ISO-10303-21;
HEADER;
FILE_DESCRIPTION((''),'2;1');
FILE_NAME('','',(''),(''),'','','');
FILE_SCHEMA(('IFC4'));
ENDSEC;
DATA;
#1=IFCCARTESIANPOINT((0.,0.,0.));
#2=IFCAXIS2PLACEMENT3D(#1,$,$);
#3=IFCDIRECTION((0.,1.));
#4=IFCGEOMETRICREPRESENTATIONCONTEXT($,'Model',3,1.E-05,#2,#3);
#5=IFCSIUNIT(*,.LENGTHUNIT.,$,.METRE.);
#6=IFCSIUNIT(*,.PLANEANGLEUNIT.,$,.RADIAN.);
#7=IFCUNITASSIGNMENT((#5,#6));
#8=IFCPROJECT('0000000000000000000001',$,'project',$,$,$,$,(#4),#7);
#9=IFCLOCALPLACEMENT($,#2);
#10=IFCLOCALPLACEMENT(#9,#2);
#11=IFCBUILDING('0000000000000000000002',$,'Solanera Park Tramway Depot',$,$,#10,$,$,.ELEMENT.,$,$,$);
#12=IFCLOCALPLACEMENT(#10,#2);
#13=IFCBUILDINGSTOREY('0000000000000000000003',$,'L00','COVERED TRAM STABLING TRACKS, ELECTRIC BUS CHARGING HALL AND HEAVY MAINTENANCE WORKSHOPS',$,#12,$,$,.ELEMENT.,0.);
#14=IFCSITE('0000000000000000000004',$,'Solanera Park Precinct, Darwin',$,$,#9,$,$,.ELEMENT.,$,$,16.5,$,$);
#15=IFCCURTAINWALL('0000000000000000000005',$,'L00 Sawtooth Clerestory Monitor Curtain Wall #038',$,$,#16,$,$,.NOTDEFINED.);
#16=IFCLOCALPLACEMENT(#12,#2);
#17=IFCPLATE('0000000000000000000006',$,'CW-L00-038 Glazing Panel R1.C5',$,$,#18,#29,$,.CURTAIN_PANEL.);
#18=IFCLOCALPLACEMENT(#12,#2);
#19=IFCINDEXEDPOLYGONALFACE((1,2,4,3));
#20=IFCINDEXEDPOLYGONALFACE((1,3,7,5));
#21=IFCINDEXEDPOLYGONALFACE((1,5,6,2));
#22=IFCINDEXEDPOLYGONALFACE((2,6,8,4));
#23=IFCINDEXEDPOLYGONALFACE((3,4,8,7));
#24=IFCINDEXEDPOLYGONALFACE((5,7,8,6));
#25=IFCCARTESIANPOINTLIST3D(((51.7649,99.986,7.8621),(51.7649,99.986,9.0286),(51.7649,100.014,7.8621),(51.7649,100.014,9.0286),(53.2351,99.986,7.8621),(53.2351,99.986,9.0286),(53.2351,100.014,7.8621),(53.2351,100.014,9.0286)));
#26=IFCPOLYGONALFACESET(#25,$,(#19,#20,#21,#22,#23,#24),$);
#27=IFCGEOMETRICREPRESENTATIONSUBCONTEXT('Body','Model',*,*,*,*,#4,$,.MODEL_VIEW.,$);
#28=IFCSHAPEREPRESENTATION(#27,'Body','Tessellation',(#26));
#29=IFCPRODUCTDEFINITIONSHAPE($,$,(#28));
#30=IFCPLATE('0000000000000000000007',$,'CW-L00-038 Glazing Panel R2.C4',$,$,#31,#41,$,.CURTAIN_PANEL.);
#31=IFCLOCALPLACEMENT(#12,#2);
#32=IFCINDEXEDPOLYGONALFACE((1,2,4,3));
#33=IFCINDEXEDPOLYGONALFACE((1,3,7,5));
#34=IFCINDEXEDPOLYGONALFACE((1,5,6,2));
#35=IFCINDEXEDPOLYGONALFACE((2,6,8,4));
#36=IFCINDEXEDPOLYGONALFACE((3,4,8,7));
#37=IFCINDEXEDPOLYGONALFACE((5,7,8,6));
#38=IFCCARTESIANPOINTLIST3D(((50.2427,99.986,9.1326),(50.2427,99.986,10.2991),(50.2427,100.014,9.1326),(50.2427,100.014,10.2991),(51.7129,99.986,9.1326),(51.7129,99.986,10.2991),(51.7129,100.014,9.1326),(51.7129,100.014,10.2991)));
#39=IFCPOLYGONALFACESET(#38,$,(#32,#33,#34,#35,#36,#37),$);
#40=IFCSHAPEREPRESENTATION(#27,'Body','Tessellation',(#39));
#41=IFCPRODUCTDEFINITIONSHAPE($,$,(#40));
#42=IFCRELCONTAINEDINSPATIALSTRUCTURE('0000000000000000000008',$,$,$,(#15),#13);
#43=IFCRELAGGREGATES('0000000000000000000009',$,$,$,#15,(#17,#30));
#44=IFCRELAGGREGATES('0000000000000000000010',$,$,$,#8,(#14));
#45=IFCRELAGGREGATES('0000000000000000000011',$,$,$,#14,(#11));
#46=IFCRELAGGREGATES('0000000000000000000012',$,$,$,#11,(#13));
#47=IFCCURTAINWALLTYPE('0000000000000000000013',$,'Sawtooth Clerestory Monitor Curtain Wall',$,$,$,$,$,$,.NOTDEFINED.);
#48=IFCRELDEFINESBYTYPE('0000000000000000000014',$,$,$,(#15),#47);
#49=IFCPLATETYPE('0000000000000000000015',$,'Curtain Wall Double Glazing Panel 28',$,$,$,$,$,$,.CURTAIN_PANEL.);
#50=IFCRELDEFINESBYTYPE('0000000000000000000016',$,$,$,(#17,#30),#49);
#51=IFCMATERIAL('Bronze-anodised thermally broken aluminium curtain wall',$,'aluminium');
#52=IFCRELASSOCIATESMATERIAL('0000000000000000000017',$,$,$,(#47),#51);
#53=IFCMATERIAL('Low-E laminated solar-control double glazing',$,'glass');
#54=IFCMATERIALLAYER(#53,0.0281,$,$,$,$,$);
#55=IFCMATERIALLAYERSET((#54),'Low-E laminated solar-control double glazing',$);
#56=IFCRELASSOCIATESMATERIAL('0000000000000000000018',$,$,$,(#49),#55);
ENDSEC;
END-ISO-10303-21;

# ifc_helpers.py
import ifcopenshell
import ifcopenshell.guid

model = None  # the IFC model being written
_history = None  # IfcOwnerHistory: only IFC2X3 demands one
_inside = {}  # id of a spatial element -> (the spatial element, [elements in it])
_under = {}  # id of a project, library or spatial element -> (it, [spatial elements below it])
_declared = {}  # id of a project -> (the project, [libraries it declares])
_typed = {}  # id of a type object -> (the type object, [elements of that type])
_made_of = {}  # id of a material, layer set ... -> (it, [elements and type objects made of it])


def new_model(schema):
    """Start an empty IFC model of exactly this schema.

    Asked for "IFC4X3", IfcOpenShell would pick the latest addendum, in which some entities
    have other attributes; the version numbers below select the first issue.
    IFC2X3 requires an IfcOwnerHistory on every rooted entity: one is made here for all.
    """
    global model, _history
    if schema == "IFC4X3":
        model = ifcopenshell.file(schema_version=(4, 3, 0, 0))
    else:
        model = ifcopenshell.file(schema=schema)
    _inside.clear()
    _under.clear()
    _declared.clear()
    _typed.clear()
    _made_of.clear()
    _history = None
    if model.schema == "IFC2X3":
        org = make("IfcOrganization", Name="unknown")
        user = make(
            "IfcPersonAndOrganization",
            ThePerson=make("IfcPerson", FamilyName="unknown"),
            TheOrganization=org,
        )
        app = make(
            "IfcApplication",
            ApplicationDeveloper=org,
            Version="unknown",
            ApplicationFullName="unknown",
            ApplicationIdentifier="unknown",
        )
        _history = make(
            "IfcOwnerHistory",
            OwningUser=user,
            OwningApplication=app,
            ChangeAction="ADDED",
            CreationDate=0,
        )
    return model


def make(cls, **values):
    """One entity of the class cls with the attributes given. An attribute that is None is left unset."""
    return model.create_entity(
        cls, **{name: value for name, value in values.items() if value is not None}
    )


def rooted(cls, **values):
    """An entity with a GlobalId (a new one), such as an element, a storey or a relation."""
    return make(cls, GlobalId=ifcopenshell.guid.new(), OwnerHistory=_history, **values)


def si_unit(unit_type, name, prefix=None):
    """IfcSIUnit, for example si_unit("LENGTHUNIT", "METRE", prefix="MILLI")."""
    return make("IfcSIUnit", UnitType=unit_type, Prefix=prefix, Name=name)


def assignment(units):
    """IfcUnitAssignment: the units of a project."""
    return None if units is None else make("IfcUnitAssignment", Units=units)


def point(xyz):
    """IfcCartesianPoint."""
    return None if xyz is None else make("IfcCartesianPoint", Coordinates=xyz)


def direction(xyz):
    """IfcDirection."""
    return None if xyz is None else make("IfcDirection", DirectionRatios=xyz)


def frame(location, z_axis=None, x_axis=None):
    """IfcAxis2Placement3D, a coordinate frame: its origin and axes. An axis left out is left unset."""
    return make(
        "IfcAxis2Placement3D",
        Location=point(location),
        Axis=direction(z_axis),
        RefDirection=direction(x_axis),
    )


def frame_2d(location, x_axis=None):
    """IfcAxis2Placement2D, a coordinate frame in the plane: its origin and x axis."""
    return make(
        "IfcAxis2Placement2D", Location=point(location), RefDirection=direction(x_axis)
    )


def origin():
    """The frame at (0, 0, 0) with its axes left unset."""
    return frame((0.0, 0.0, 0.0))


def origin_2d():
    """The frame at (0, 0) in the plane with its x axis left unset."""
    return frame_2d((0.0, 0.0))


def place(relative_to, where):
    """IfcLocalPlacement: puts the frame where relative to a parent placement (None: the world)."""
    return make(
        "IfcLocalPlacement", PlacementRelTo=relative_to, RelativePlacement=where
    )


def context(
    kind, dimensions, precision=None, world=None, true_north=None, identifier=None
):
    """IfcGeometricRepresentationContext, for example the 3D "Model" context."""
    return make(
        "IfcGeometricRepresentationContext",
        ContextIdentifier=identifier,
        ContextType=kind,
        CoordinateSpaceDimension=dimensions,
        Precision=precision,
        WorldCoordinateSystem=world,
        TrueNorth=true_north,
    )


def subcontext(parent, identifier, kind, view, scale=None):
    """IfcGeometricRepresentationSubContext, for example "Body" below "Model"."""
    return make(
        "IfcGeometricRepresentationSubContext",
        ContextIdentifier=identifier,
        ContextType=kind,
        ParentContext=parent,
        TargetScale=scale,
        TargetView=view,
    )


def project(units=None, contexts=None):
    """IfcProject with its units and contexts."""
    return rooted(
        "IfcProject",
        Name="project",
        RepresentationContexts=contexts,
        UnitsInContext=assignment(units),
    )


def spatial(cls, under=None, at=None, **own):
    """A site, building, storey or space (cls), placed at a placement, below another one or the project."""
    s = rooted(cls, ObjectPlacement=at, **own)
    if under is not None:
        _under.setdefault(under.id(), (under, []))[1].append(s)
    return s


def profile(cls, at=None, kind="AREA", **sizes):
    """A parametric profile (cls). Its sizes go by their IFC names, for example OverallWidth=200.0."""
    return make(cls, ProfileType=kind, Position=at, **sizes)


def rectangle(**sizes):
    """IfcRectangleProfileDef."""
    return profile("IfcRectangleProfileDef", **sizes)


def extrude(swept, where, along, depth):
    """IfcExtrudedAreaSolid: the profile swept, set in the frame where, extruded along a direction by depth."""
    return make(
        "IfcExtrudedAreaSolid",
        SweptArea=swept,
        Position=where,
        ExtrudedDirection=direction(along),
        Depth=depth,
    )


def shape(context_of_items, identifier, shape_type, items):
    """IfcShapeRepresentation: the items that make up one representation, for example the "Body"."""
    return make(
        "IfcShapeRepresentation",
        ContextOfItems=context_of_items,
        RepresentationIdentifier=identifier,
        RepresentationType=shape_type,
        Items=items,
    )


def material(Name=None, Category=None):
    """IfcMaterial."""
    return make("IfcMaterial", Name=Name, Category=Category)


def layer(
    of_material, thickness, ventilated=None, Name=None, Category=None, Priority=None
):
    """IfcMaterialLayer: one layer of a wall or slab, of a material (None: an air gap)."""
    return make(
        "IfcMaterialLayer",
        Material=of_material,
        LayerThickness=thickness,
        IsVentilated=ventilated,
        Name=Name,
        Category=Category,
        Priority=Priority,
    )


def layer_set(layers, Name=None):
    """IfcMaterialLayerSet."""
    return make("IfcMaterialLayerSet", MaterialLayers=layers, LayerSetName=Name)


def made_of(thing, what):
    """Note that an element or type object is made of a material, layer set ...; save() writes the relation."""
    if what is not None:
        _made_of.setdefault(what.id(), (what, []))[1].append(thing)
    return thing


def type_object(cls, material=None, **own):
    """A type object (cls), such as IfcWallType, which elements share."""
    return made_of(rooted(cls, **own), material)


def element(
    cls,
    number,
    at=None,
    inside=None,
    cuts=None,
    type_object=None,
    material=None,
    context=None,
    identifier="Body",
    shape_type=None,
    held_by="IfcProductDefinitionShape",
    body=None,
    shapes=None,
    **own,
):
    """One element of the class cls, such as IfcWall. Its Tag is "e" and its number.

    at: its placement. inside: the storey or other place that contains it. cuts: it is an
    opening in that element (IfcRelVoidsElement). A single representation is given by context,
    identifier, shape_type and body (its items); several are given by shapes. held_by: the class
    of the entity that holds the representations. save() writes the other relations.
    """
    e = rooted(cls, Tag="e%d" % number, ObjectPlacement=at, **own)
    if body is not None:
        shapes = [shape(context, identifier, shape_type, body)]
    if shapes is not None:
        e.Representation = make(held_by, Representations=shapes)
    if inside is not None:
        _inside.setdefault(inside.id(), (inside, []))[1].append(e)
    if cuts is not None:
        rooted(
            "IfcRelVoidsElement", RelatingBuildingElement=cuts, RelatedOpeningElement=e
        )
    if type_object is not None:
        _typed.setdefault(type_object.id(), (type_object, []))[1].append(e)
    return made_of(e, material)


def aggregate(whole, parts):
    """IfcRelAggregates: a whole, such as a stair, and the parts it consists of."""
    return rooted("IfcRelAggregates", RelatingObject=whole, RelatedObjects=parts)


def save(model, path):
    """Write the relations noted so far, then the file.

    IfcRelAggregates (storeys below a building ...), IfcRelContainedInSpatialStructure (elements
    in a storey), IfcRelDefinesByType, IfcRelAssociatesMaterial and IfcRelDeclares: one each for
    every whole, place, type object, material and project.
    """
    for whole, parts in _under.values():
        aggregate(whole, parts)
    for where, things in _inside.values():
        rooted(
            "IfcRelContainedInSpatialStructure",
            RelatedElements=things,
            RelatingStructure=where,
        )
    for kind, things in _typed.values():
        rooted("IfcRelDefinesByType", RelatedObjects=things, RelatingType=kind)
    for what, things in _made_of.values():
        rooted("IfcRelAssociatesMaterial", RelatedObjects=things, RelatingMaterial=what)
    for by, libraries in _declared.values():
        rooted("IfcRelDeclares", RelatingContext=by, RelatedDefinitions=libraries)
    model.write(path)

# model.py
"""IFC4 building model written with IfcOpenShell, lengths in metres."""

from ifc_helpers import new_model, si_unit, direction, frame, origin, origin_2d, place, context, subcontext, project, spatial, rectangle, extrude, material, layer, layer_set, type_object, element, aggregate, save


model = new_model("IFC4")

# Units and contexts
model_context = context("Model", 3, precision=1e-05, world=origin(), true_north=direction((0.0, 1.0)))
body_context = subcontext(model_context, "Body", "Model", "MODEL_VIEW")
ifc_project = project(units=[si_unit("LENGTHUNIT", "METRE"), si_unit("PLANEANGLEUNIT", "RADIAN")], contexts=[model_context])

# Site, building, storey
site_placement = place(None, origin())
site = spatial("IfcSite", under=ifc_project, at=site_placement, Name="Solanera Park Precinct, Darwin", CompositionType="ELEMENT", RefElevation=16.5)
building_placement = place(site_placement, origin())
building = spatial("IfcBuilding", under=site, at=building_placement, Name="Solanera Park Tramway Depot", CompositionType="ELEMENT")
storey_placement = place(building_placement, origin())
storey = spatial("IfcBuildingStorey", under=building, at=storey_placement, Name="L00", Description="COVERED TRAM STABLING TRACKS, ELECTRIC BUS CHARGING HALL AND HEAVY MAINTENANCE WORKSHOPS", CompositionType="ELEMENT", Elevation=0.0)

# Shared definitions
ifc_material_1 = material(Name="Bronze-anodised thermally broken aluminium curtain wall", Category="aluminium")
curtain_wall_type = type_object("IfcCurtainWallType", Name="Sawtooth Clerestory Monitor Curtain Wall", PredefinedType="NOTDEFINED", material=ifc_material_1)

# Curtain wall
curtain_wall_1_placement = place(storey_placement, origin())
curtain_wall_1 = element("IfcCurtainWall", 1, at=curtain_wall_1_placement, inside=storey, type_object=curtain_wall_type, Name="L00 Sawtooth Clerestory Monitor Curtain Wall #038", PredefinedType="NOTDEFINED")

# Plates
ifc_material_2 = material(Name="Low-E laminated solar-control double glazing", Category="glass")
ifc_layer = layer(ifc_material_2, 0.0281)
ifc_layer_set = layer_set([ifc_layer], Name="Low-E laminated solar-control double glazing")
plate_type = type_object("IfcPlateType", Name="Curtain Wall Double Glazing Panel 28", PredefinedType="CURTAIN_PANEL", material=ifc_layer_set)
plate_1_placement = place(storey_placement, frame((52.5, 100.0, 7.8621), z_axis=(0.0, 0.0, 1.0), x_axis=(1.0, 0.0, 0.0)))
plate_1 = element("IfcPlate", 2, at=plate_1_placement, type_object=plate_type, Name="CW-L00-038 Glazing Panel R1.C5", PredefinedType="CURTAIN_PANEL", context=body_context, shape_type="SweptSolid", body=[
    extrude(rectangle(XDim=1.4702, YDim=0.0281, at=origin_2d()), origin(), (0.0, 0.0, 1.0), 1.1665),
])
plate_2_placement = place(storey_placement, frame((50.9778, 100.0, 9.1326), z_axis=(0.0, 0.0, 1.0), x_axis=(1.0, 0.0, 0.0)))
plate_2 = element("IfcPlate", 3, at=plate_2_placement, type_object=plate_type, Name="CW-L00-038 Glazing Panel R2.C4", PredefinedType="CURTAIN_PANEL", context=body_context, shape_type="SweptSolid", body=[
    extrude(rectangle(XDim=1.4702, YDim=0.0281, at=origin_2d()), origin(), (0.0, 0.0, 1.0), 1.1665),
])
aggregate(curtain_wall_1, [plate_1, plate_2])

save(model, "model.ifc")
